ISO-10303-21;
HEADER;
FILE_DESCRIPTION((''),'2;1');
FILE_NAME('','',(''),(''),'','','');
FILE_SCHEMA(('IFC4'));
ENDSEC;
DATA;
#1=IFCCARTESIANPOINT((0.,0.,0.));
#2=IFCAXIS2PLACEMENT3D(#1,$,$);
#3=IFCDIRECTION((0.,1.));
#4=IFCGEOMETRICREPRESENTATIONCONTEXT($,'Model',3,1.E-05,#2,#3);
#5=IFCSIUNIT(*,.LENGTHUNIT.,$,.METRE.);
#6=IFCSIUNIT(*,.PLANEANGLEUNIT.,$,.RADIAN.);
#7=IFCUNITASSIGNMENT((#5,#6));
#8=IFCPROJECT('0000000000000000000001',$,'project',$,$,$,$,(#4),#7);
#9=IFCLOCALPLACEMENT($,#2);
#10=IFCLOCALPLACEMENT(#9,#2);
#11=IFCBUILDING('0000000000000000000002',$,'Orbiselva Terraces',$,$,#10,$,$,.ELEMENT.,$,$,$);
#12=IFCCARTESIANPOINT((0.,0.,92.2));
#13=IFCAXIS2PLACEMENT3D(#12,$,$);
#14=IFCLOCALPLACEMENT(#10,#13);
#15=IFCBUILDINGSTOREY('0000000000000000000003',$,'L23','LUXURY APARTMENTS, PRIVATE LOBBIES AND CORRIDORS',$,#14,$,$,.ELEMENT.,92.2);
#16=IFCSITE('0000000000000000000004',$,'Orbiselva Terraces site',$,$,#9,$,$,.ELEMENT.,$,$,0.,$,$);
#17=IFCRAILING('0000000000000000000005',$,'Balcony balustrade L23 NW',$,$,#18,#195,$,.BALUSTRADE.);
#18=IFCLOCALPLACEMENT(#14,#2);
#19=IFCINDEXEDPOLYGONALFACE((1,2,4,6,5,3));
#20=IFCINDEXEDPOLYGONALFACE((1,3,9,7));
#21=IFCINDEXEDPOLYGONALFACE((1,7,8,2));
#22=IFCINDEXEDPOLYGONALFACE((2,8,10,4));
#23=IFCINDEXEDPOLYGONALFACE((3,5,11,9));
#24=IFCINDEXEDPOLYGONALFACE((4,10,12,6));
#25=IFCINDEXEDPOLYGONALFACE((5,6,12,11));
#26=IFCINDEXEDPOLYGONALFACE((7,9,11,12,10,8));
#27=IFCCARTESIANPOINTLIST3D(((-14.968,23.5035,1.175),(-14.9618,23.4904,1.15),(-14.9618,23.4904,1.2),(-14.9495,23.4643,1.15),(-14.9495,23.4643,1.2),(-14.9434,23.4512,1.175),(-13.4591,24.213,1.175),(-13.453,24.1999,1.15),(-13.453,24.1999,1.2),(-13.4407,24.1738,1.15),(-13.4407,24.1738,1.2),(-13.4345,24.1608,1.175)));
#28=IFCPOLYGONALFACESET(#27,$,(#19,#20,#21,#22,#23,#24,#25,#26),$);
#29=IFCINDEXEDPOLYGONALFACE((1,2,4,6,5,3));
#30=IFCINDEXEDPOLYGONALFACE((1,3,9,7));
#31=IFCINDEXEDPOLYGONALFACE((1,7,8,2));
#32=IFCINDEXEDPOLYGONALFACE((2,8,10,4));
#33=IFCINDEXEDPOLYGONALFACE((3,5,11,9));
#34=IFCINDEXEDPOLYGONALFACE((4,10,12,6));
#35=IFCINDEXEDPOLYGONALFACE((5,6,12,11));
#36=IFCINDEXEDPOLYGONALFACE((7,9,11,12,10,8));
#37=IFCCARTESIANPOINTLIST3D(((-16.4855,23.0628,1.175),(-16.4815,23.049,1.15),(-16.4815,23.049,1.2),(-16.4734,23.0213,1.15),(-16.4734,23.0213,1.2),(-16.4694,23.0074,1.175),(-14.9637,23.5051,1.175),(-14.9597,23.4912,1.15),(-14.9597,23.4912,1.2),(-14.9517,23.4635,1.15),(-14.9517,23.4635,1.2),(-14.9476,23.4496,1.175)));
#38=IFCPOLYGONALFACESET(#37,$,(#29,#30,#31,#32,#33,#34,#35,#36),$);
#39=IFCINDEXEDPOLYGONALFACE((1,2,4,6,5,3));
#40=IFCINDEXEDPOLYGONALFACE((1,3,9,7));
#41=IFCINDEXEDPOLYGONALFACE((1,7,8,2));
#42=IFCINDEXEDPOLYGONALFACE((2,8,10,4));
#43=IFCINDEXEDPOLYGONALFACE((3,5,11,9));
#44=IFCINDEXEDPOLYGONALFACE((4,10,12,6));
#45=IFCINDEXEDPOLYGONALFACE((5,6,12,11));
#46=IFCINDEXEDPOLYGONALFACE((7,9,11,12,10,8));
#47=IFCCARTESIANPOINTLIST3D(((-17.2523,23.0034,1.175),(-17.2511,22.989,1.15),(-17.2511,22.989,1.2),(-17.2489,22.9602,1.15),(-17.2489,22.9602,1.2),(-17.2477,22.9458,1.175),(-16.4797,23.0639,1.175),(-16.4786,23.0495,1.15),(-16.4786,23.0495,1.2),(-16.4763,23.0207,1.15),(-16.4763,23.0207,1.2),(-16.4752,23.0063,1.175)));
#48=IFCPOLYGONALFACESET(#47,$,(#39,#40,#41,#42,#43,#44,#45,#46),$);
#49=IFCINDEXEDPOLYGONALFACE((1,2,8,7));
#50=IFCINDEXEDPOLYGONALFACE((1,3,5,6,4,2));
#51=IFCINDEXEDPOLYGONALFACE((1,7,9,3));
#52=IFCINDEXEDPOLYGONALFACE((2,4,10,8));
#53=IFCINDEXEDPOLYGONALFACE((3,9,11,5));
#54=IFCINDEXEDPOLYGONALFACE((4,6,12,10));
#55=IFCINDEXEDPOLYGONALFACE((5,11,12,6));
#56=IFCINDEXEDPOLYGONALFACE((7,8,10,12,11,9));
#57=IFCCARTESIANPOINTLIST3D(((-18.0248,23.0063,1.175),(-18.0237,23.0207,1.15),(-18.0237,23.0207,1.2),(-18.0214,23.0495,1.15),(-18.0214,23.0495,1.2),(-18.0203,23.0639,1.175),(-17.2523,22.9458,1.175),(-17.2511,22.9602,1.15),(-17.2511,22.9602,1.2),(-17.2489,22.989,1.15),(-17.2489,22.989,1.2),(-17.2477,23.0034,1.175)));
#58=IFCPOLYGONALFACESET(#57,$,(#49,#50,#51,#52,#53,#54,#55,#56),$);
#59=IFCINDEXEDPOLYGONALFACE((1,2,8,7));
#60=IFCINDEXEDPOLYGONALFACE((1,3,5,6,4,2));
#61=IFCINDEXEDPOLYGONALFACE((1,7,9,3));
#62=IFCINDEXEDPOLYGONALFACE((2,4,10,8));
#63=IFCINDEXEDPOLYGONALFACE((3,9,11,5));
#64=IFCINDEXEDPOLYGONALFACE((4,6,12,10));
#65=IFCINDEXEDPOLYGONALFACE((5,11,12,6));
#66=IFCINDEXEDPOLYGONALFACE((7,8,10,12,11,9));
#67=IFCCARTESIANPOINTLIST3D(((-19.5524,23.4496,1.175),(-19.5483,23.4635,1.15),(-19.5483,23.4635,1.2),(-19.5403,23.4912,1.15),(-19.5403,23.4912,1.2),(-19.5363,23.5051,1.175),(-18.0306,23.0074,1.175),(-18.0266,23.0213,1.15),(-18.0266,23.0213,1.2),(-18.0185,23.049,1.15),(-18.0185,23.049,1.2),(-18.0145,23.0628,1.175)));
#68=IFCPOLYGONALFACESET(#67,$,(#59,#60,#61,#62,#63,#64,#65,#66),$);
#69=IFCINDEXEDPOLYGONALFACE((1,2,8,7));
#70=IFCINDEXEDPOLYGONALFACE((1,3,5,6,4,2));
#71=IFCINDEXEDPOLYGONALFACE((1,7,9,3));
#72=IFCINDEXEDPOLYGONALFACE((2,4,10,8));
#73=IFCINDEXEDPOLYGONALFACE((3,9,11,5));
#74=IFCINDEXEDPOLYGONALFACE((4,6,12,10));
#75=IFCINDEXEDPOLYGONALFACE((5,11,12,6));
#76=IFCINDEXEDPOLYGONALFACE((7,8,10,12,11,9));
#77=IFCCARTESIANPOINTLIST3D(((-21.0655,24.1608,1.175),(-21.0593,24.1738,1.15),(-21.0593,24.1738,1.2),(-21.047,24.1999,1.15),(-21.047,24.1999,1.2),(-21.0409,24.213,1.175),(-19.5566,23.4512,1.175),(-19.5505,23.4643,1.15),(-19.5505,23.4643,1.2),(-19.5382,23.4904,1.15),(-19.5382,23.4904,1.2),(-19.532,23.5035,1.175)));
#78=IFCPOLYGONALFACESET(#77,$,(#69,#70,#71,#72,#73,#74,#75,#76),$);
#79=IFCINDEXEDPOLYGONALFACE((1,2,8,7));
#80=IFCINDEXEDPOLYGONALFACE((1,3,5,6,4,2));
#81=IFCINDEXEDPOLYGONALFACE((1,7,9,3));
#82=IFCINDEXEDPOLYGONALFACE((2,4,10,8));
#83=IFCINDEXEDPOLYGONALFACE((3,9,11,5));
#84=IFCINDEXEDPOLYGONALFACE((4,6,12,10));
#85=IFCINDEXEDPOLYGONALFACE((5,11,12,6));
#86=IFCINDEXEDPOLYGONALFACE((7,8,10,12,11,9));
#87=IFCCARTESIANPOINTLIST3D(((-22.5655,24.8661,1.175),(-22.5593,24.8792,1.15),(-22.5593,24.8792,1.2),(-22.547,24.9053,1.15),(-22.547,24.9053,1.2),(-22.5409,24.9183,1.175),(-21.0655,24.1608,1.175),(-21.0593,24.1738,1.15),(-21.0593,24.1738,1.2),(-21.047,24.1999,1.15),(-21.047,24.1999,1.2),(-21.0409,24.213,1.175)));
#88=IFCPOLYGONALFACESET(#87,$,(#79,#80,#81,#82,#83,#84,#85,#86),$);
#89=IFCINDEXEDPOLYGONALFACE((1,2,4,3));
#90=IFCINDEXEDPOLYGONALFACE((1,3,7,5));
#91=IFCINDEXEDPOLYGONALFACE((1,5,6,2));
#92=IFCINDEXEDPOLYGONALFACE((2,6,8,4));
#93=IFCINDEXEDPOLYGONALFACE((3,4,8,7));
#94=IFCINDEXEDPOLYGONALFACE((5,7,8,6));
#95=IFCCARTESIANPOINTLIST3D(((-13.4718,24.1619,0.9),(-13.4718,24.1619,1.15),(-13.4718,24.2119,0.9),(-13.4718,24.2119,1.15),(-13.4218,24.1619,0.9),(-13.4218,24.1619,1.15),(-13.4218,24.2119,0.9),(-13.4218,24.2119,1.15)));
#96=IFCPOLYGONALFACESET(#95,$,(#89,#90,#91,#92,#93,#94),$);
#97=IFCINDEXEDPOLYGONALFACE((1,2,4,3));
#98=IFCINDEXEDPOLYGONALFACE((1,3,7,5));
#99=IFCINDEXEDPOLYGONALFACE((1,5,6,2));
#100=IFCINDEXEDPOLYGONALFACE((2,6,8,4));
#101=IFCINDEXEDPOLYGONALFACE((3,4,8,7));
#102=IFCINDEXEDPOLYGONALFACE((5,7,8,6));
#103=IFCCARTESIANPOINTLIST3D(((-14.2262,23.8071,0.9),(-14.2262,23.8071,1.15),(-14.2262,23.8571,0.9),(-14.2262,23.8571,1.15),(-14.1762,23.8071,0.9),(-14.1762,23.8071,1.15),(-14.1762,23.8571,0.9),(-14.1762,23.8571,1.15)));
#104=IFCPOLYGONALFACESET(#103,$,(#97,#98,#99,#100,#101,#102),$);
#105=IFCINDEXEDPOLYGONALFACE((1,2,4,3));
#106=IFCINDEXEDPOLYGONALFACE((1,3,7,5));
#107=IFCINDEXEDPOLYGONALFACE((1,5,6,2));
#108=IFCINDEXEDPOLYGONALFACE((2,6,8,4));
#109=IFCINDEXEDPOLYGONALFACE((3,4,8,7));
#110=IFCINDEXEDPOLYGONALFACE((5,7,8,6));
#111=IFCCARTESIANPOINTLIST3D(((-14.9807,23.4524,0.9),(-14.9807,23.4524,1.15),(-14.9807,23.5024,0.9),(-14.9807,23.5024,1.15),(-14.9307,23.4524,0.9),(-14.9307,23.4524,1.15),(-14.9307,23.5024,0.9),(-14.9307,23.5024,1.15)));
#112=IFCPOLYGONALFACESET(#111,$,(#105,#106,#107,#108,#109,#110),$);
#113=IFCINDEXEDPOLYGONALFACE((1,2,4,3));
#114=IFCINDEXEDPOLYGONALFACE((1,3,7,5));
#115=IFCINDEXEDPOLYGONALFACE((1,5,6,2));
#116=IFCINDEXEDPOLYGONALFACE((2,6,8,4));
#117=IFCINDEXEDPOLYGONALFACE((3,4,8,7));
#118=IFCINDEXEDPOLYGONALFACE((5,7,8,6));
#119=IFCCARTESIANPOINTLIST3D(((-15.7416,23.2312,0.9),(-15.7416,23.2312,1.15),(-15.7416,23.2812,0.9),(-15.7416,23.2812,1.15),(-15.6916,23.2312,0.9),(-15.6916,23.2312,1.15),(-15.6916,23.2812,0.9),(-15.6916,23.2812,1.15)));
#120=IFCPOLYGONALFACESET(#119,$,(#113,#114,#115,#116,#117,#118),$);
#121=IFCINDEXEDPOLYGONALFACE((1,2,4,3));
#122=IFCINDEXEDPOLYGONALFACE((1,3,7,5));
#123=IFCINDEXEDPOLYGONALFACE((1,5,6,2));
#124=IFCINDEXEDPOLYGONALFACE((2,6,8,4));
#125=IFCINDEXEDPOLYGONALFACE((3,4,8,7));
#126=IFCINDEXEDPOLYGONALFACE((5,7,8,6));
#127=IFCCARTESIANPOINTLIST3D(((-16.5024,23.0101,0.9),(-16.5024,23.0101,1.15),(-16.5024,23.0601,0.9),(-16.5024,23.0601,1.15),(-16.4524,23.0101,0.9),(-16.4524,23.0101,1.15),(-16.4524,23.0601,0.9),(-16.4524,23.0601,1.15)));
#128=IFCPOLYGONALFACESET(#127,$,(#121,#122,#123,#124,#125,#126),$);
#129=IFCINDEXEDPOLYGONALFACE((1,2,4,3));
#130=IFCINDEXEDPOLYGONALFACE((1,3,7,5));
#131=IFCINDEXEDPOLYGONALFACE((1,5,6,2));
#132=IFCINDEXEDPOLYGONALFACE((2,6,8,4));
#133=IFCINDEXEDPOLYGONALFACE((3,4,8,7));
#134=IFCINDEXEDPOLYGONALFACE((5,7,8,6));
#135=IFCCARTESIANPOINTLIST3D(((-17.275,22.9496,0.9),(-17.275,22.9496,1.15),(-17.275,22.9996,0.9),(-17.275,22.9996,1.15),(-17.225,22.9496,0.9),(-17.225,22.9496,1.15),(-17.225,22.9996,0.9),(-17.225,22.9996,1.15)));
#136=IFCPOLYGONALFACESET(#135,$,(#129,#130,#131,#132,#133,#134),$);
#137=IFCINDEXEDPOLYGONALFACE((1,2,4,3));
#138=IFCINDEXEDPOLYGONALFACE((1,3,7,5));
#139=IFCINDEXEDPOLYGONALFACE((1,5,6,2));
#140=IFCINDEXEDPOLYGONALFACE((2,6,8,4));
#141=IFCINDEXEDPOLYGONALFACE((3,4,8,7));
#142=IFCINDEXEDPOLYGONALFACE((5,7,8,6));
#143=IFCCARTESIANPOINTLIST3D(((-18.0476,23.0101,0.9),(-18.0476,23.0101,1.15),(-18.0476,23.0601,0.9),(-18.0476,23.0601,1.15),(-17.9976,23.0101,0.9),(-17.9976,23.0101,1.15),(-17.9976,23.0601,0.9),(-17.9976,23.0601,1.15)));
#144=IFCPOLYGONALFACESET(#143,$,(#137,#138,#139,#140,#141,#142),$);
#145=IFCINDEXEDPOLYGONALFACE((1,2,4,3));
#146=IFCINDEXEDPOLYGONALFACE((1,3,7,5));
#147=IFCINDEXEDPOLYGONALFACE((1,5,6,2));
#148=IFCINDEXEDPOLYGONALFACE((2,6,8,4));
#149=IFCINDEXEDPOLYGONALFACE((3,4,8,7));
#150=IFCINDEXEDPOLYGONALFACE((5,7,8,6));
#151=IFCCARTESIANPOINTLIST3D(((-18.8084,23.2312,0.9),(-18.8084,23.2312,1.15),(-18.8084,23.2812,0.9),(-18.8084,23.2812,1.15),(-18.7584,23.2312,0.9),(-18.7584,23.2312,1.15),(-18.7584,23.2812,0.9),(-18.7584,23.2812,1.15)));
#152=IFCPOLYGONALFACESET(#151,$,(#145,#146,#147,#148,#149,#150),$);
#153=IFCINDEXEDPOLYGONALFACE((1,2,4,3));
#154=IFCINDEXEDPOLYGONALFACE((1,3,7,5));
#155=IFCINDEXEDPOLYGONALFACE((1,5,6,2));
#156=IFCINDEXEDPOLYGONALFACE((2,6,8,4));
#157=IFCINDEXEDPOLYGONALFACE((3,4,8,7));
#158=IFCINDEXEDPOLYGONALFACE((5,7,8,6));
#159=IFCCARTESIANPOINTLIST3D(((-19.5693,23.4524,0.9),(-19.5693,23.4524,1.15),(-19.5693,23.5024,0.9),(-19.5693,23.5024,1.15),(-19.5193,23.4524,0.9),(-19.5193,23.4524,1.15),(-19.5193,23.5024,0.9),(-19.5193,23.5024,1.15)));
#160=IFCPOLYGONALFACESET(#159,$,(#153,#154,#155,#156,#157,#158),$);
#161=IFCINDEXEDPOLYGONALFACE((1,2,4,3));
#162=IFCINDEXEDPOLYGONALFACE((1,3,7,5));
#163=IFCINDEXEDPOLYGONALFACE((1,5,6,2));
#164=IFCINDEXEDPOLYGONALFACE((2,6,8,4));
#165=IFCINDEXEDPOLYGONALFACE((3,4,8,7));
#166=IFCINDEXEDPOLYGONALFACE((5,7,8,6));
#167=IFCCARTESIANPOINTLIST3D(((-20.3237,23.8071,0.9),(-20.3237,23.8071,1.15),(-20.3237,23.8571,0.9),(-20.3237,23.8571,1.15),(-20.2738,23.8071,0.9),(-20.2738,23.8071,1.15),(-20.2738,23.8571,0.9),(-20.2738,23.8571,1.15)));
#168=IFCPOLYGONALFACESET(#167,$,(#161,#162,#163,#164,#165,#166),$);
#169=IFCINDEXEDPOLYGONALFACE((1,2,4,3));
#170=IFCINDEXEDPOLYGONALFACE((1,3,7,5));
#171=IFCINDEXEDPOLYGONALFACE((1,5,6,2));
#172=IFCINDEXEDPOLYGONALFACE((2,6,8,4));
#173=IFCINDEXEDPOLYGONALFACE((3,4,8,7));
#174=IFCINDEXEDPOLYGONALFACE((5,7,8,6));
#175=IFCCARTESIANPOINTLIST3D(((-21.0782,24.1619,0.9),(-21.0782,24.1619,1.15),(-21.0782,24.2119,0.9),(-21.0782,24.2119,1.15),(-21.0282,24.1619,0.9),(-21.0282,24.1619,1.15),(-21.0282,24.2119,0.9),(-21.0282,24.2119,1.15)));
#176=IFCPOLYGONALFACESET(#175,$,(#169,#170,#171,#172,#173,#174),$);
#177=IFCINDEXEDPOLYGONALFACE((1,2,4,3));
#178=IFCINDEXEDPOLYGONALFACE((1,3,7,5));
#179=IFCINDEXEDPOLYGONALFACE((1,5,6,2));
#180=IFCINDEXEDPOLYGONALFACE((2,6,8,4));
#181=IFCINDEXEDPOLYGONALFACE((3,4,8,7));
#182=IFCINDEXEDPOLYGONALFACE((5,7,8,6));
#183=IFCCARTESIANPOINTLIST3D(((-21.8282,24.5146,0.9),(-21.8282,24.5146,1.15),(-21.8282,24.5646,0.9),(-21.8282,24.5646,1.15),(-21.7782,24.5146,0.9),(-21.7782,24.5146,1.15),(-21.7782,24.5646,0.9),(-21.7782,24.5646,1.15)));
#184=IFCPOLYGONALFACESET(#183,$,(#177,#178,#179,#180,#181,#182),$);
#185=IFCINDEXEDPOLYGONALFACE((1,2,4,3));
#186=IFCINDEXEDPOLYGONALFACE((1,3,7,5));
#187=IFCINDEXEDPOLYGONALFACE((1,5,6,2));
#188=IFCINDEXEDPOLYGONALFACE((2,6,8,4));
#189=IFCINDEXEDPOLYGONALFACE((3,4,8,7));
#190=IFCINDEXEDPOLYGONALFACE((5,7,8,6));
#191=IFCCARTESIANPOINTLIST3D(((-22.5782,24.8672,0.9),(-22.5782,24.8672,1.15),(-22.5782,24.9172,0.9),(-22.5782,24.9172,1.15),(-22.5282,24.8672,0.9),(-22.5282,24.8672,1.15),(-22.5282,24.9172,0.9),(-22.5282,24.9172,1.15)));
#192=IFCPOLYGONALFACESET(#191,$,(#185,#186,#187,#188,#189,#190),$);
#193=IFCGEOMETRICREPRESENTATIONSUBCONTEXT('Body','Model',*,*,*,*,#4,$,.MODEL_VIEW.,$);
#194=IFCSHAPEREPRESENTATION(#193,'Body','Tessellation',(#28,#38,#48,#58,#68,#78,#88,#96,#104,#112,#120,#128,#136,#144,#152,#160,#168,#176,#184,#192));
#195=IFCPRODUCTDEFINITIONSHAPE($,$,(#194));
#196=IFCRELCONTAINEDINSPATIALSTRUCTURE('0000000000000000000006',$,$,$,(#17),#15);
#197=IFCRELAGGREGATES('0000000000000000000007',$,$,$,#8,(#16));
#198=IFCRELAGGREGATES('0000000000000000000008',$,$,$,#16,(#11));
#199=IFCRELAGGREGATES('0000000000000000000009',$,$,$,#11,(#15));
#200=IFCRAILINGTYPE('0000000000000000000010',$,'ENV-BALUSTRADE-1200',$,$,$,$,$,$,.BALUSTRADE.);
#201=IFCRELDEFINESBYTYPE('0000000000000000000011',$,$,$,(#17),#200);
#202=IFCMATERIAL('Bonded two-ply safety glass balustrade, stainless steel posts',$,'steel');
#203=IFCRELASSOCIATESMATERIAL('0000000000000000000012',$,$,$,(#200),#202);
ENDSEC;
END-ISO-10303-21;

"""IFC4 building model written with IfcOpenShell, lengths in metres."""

from ifc_helpers import new_model, si_unit, direction, frame, origin, origin_2d, place, context, subcontext, project, spatial, polyline, rectangle, outline, extrude, material, type_object, element, save


model = new_model("IFC4")

# Units and contexts
model_context = context("Model", 3, precision=1e-05, world=origin(), true_north=direction((0.0, 1.0)))
body_context = subcontext(model_context, "Body", "Model", "MODEL_VIEW")
ifc_project = project(units=[si_unit("LENGTHUNIT", "METRE"), si_unit("PLANEANGLEUNIT", "RADIAN")], contexts=[model_context])

# Site, building, storey
site_placement = place(None, origin())
site = spatial("IfcSite", under=ifc_project, at=site_placement, Name="Orbiselva Terraces site", CompositionType="ELEMENT", RefElevation=0.0)
building_placement = place(site_placement, origin())
building = spatial("IfcBuilding", under=site, at=building_placement, Name="Orbiselva Terraces", CompositionType="ELEMENT")
storey_placement = place(building_placement, frame((0.0, 0.0, 92.2)))
storey = spatial("IfcBuildingStorey", under=building, at=storey_placement, Name="L23", Description="LUXURY APARTMENTS, PRIVATE LOBBIES AND CORRIDORS", CompositionType="ELEMENT", Elevation=92.2)

# Railing
ifc_material_1 = material(Name="Bonded two-ply safety glass balustrade, stainless steel posts", Category="steel")
railing_type_1 = type_object("IfcRailingType", Name="ENV-BALUSTRADE-1200", PredefinedType="BALUSTRADE", material=ifc_material_1)
railing_1_placement = place(storey_placement, frame((-13.4468, 24.1869, 0.9)))
element("IfcRailing", 1, at=railing_1_placement, inside=storey, type_object=railing_type_1, Name="Balcony balustrade L23 NW", PredefinedType="BALUSTRADE", context=body_context, shape_type="SweptSolid", body=[
    extrude(outline(polyline([(0.0289, 0.0), (0.0144, 0.025), (-0.0144, 0.025), (-0.0289, 0.0), (-0.0144, -0.025), (0.0144, -0.025), (0.0289, 0.0)])), frame((0.0, 0.0, 0.275), z_axis=(-0.904944, -0.42553, 0.0), x_axis=(0.42553, -0.904944, 0.0)), (0.0, 0.0, 1.0), 1.6674),
    extrude(outline(polyline([(0.0289, 0.0), (0.0144, 0.025), (-0.0144, 0.025), (-0.0289, 0.0), (-0.0144, -0.025), (0.0144, -0.025), (0.0289, 0.0)])), frame((-1.5089, -0.7095, 0.275), z_axis=(-0.96027, -0.279071, 0.0), x_axis=(0.279071, -0.96027, 0.0)), (0.0, 0.0, 1.0), 1.5847),
    extrude(outline(polyline([(0.0289, 0.0), (0.0144, 0.025), (-0.0144, 0.025), (-0.0289, 0.0), (-0.0144, -0.025), (0.0144, -0.025), (0.0289, 0.0)])), frame((-3.0306, -1.1518, 0.275), z_axis=(-0.996948, -0.078071, 0.0), x_axis=(0.078071, -0.996948, 0.0)), (0.0, 0.0, 1.0), 0.7749),
    extrude(outline(polyline([(0.0289, 0.0), (0.0144, 0.025), (-0.0144, 0.025), (-0.0289, 0.0), (-0.0144, -0.025), (0.0144, -0.025), (0.0289, 0.0)])), frame((-3.8032, -1.2123, 0.275), z_axis=(-0.996948, 0.078071, 0.0), x_axis=(-0.078071, -0.996948, 0.0)), (0.0, 0.0, 1.0), 0.7749),
    extrude(outline(polyline([(0.0289, 0.0), (0.0144, 0.025), (-0.0144, 0.025), (-0.0289, 0.0), (-0.0144, -0.025), (0.0144, -0.025), (0.0289, 0.0)])), frame((-4.5757, -1.1518, 0.275), z_axis=(-0.96027, 0.279071, 0.0), x_axis=(-0.279071, -0.96027, 0.0)), (0.0, 0.0, 1.0), 1.5847),
    extrude(outline(polyline([(0.0289, 0.0), (0.0144, 0.025), (-0.0144, 0.025), (-0.0289, 0.0), (-0.0144, -0.025), (0.0144, -0.025), (0.0289, 0.0)])), frame((-6.0975, -0.7095, 0.275), z_axis=(-0.904944, 0.42553, 0.0), x_axis=(-0.42553, -0.904944, 0.0)), (0.0, 0.0, 1.0), 1.6674),
    extrude(outline(polyline([(0.0289, 0.0), (0.0144, 0.025), (-0.0144, 0.025), (-0.0289, 0.0), (-0.0144, -0.025), (0.0144, -0.025), (0.0289, 0.0)])), frame((-7.6064, 0.0, 0.275), z_axis=(-0.904944, 0.42553, 0.0), x_axis=(-0.42553, -0.904944, 0.0)), (0.0, 0.0, 1.0), 1.6576),
    extrude(rectangle(XDim=0.05, YDim=0.05, at=origin_2d()), origin(), (0.0, 0.0, 1.0), 0.25),
    extrude(rectangle(XDim=0.05, YDim=0.05, at=origin_2d()), frame((-0.7544, -0.3548, 0.0)), (0.0, 0.0, 1.0), 0.25),
    extrude(rectangle(XDim=0.05, YDim=0.05, at=origin_2d()), frame((-1.5089, -0.7095, 0.0)), (0.0, 0.0, 1.0), 0.25),
    extrude(rectangle(XDim=0.05, YDim=0.05, at=origin_2d()), frame((-2.2698, -0.9306, 0.0)), (0.0, 0.0, 1.0), 0.25),
    extrude(rectangle(XDim=0.05, YDim=0.05, at=origin_2d()), frame((-3.0306, -1.1518, 0.0)), (0.0, 0.0, 1.0), 0.25),
    extrude(rectangle(XDim=0.05, YDim=0.05, at=origin_2d()), frame((-3.8032, -1.2123, 0.0)), (0.0, 0.0, 1.0), 0.25),
    extrude(rectangle(XDim=0.05, YDim=0.05, at=origin_2d()), frame((-4.5757, -1.1518, 0.0)), (0.0, 0.0, 1.0), 0.25),
    extrude(rectangle(XDim=0.05, YDim=0.05, at=origin_2d()), frame((-5.3366, -0.9306, 0.0)), (0.0, 0.0, 1.0), 0.25),
    extrude(rectangle(XDim=0.05, YDim=0.05, at=origin_2d()), frame((-6.0975, -0.7095, 0.0)), (0.0, 0.0, 1.0), 0.25),
    extrude(rectangle(XDim=0.05, YDim=0.05, at=origin_2d()), frame((-6.8519, -0.3548, 0.0)), (0.0, 0.0, 1.0), 0.25),
    extrude(rectangle(XDim=0.05, YDim=0.05, at=origin_2d()), frame((-7.6064, 0.0, 0.0)), (0.0, 0.0, 1.0), 0.25),
    extrude(rectangle(XDim=0.05, YDim=0.05, at=origin_2d()), frame((-8.3564, 0.3527, 0.0)), (0.0, 0.0, 1.0), 0.25),
    extrude(rectangle(XDim=0.05, YDim=0.05, at=origin_2d()), frame((-9.1064, 0.7053, 0.0)), (0.0, 0.0, 1.0), 0.25),
])

save(model, "model.ifc")
